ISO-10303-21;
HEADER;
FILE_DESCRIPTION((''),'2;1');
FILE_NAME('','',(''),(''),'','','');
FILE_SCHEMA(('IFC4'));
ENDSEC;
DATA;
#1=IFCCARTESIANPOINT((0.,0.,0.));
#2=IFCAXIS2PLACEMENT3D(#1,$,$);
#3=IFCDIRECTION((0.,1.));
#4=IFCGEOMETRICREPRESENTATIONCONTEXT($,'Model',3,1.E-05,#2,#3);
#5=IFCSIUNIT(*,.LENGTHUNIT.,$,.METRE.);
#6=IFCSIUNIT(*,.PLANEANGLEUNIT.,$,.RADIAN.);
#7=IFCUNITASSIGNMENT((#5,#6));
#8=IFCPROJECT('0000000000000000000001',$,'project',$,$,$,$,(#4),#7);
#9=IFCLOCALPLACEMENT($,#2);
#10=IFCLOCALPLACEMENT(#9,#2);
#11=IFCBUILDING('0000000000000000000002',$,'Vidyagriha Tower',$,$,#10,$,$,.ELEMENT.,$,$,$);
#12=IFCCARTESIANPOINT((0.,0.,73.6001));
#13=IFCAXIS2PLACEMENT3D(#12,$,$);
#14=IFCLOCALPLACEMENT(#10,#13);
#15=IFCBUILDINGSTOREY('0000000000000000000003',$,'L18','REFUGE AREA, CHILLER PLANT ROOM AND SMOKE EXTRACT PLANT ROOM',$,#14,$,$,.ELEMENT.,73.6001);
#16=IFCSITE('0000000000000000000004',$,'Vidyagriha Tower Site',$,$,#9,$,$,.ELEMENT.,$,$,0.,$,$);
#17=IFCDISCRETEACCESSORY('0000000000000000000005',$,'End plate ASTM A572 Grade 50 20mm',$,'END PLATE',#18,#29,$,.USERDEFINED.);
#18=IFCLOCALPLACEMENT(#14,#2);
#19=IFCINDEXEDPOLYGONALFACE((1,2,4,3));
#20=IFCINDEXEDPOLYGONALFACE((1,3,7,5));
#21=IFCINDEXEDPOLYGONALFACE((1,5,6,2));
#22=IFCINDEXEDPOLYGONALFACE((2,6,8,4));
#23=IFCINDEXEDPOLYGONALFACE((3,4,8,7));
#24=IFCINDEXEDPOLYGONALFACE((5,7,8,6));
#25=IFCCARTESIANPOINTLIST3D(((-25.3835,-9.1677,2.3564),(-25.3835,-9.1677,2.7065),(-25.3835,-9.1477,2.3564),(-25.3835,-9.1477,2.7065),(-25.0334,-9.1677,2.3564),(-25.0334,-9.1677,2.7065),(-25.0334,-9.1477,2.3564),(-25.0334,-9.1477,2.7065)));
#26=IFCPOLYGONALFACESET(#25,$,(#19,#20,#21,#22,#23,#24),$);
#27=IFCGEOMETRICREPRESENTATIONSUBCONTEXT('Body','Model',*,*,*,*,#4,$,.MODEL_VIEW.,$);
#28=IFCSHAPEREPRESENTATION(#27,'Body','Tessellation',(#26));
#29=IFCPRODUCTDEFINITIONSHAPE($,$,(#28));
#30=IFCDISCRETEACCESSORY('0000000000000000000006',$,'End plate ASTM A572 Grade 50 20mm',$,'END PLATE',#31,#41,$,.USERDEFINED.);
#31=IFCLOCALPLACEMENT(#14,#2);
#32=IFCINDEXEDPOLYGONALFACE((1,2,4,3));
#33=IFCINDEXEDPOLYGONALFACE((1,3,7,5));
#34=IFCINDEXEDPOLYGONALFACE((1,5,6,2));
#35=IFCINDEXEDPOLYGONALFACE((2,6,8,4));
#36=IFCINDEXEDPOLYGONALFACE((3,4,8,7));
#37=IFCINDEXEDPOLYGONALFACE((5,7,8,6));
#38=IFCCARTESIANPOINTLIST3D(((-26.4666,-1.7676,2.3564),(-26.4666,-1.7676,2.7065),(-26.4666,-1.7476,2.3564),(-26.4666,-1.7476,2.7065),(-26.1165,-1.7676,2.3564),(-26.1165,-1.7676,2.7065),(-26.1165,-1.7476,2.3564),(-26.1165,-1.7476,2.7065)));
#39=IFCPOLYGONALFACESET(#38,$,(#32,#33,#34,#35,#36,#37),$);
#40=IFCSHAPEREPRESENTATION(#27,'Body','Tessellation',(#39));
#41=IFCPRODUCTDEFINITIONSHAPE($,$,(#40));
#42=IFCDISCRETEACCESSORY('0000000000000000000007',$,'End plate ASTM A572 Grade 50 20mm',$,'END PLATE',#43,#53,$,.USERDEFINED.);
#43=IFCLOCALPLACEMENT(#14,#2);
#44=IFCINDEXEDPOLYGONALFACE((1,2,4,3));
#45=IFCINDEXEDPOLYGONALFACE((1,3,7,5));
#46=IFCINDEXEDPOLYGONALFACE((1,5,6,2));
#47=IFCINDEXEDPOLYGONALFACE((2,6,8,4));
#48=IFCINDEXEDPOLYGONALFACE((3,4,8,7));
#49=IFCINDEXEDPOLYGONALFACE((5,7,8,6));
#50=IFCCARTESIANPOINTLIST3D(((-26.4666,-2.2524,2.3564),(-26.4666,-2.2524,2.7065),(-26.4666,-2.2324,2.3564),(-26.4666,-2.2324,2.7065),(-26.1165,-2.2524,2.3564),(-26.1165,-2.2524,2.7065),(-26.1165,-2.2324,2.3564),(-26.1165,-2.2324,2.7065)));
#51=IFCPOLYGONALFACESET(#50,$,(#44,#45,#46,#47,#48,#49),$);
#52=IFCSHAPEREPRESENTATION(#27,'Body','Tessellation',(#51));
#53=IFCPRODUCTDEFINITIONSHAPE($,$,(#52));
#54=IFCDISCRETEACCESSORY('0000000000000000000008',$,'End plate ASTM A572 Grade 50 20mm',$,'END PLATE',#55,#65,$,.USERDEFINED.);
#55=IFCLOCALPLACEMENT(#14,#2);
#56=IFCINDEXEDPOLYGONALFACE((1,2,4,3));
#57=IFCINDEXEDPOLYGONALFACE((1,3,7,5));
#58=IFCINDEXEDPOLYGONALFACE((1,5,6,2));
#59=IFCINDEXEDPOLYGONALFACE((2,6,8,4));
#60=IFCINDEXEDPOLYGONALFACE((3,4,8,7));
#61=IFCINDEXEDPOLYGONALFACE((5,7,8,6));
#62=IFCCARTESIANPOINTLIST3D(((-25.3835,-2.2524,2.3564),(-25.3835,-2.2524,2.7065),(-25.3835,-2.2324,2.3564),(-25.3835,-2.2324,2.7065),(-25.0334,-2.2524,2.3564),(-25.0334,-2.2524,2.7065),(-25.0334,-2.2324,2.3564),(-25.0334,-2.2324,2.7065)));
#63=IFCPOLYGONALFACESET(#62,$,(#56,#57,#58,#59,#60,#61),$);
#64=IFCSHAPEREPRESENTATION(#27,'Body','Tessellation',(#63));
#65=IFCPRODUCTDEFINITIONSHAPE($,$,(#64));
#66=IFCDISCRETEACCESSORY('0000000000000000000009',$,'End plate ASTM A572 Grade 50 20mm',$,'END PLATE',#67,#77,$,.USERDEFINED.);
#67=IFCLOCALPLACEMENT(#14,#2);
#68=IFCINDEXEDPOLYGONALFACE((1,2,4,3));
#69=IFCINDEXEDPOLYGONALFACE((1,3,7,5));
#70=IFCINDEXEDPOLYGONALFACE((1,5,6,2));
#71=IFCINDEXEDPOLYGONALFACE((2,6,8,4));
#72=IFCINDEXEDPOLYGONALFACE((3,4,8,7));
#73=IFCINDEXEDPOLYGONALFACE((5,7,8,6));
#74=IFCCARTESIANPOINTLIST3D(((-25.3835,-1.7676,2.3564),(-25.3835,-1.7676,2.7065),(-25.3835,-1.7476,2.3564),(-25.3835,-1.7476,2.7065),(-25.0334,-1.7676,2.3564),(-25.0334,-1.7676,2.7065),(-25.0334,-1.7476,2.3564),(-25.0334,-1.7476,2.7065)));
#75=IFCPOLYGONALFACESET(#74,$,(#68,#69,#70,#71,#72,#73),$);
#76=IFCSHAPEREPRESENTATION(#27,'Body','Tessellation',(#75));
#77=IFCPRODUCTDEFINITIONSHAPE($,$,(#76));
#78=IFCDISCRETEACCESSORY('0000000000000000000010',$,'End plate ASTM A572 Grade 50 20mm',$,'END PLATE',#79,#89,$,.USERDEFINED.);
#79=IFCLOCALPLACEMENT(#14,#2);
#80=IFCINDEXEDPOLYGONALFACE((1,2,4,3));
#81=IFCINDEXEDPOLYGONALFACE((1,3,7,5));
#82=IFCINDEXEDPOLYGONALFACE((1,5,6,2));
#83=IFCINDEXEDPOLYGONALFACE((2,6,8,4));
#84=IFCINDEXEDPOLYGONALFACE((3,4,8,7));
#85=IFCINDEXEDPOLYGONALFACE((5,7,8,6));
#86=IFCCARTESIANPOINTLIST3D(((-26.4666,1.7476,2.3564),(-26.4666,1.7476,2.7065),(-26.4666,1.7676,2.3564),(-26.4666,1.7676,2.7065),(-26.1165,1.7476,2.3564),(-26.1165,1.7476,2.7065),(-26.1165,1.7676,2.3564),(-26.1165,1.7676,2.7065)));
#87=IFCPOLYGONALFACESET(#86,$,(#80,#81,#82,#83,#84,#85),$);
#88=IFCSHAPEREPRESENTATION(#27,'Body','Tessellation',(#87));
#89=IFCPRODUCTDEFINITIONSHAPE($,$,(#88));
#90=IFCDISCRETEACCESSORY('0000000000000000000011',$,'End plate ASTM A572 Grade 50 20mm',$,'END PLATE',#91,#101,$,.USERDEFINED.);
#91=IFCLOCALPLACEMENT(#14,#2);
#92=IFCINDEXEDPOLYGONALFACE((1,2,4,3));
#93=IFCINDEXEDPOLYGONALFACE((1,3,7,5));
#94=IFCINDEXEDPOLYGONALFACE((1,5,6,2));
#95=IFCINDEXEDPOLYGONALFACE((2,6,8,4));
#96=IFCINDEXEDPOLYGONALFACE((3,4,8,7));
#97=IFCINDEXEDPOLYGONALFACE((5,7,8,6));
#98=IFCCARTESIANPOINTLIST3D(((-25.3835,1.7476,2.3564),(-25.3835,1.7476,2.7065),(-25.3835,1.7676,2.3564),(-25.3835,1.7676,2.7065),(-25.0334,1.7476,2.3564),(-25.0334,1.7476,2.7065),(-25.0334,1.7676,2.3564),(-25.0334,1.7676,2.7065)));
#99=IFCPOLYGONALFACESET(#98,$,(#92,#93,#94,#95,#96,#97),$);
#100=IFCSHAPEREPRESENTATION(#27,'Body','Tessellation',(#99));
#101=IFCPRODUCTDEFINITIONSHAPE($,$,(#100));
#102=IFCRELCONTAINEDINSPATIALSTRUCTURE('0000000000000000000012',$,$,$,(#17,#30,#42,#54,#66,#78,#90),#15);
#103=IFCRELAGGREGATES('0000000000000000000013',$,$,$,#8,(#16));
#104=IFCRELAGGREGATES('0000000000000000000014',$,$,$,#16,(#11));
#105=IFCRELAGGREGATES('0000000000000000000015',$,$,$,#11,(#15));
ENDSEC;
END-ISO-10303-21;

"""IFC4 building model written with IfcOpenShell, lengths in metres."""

from ifc_helpers import new_model, si_unit, direction, frame, origin, origin_2d, place, context, subcontext, project, spatial, rectangle, extrude, element, save


model = new_model("IFC4")

# Units and contexts
model_context = context("Model", 3, precision=1e-05, world=origin(), true_north=direction((0.0, 1.0)))
body_context = subcontext(model_context, "Body", "Model", "MODEL_VIEW")
ifc_project = project(units=[si_unit("LENGTHUNIT", "METRE"), si_unit("PLANEANGLEUNIT", "RADIAN")], contexts=[model_context])

# Site, building, storey
site_placement = place(None, origin())
site = spatial("IfcSite", under=ifc_project, at=site_placement, Name="Vidyagriha Tower Site", CompositionType="ELEMENT", RefElevation=0.0)
building_placement = place(site_placement, origin())
building = spatial("IfcBuilding", under=site, at=building_placement, Name="Vidyagriha Tower", CompositionType="ELEMENT")
storey_placement = place(building_placement, frame((0.0, 0.0, 73.6001)))
storey = spatial("IfcBuildingStorey", under=building, at=storey_placement, Name="L18", Description="REFUGE AREA, CHILLER PLANT ROOM AND SMOKE EXTRACT PLANT ROOM", CompositionType="ELEMENT", Elevation=73.6001)

# Discrete accessories
for number, where, z_axis, x_axis, name in (
    (1, (-25.2085, -9.1577, 2.3564), (0.0, 0.0, 1.0), (-1.0, 0.0, 0.0), "End plate ASTM A572 Grade 50 20mm"),
):
    element("IfcDiscreteAccessory", number, at=place(storey_placement, frame(where, z_axis=z_axis, x_axis=x_axis)), inside=storey, Name=name, ObjectType="END PLATE", PredefinedType="USERDEFINED", context=body_context, shape_type="SweptSolid", body=[
        extrude(rectangle(XDim=0.3501, YDim=0.02, at=origin_2d()), origin(), (0.0, 0.0, 1.0), 0.3501),
    ])
for number, where, name in (
    (2, (-26.2915, -1.7576, 2.3564), "End plate ASTM A572 Grade 50 20mm"),
    (3, (-26.2915, -2.2424, 2.3564), "End plate ASTM A572 Grade 50 20mm"),
):
    element("IfcDiscreteAccessory", number, at=place(storey_placement, frame(where)), inside=storey, Name=name, ObjectType="END PLATE", PredefinedType="USERDEFINED", context=body_context, shape_type="SweptSolid", body=[
        extrude(rectangle(XDim=0.3501, YDim=0.02, at=origin_2d()), origin(), (0.0, 0.0, 1.0), 0.3501),
    ])
for number, where, z_axis, x_axis, name in (
    (4, (-25.2085, -2.2424, 2.3564), (0.0, 0.0, 1.0), (-1.0, 0.0, 0.0), "End plate ASTM A572 Grade 50 20mm"),
    (5, (-25.2085, -1.7576, 2.3564), (0.0, 0.0, 1.0), (-1.0, 0.0, 0.0), "End plate ASTM A572 Grade 50 20mm"),
):
    element("IfcDiscreteAccessory", number, at=place(storey_placement, frame(where, z_axis=z_axis, x_axis=x_axis)), inside=storey, Name=name, ObjectType="END PLATE", PredefinedType="USERDEFINED", context=body_context, shape_type="SweptSolid", body=[
        extrude(rectangle(XDim=0.3501, YDim=0.02, at=origin_2d()), origin(), (0.0, 0.0, 1.0), 0.3501),
    ])
discrete_accessory_1_placement = place(storey_placement, frame((-26.2915, 1.7576, 2.3564)))
element("IfcDiscreteAccessory", 6, at=discrete_accessory_1_placement, inside=storey, Name="End plate ASTM A572 Grade 50 20mm", ObjectType="END PLATE", PredefinedType="USERDEFINED", context=body_context, shape_type="SweptSolid", body=[
    extrude(rectangle(XDim=0.3501, YDim=0.02, at=origin_2d()), origin(), (0.0, 0.0, 1.0), 0.3501),
])
discrete_accessory_2_placement = place(storey_placement, frame((-25.2085, 1.7576, 2.3564), z_axis=(0.0, 0.0, 1.0), x_axis=(-1.0, 0.0, 0.0)))
element("IfcDiscreteAccessory", 7, at=discrete_accessory_2_placement, inside=storey, Name="End plate ASTM A572 Grade 50 20mm", ObjectType="END PLATE", PredefinedType="USERDEFINED", context=body_context, shape_type="SweptSolid", body=[
    extrude(rectangle(XDim=0.3501, YDim=0.02, at=origin_2d()), origin(), (0.0, 0.0, 1.0), 0.3501),
])

save(model, "model.ifc")
